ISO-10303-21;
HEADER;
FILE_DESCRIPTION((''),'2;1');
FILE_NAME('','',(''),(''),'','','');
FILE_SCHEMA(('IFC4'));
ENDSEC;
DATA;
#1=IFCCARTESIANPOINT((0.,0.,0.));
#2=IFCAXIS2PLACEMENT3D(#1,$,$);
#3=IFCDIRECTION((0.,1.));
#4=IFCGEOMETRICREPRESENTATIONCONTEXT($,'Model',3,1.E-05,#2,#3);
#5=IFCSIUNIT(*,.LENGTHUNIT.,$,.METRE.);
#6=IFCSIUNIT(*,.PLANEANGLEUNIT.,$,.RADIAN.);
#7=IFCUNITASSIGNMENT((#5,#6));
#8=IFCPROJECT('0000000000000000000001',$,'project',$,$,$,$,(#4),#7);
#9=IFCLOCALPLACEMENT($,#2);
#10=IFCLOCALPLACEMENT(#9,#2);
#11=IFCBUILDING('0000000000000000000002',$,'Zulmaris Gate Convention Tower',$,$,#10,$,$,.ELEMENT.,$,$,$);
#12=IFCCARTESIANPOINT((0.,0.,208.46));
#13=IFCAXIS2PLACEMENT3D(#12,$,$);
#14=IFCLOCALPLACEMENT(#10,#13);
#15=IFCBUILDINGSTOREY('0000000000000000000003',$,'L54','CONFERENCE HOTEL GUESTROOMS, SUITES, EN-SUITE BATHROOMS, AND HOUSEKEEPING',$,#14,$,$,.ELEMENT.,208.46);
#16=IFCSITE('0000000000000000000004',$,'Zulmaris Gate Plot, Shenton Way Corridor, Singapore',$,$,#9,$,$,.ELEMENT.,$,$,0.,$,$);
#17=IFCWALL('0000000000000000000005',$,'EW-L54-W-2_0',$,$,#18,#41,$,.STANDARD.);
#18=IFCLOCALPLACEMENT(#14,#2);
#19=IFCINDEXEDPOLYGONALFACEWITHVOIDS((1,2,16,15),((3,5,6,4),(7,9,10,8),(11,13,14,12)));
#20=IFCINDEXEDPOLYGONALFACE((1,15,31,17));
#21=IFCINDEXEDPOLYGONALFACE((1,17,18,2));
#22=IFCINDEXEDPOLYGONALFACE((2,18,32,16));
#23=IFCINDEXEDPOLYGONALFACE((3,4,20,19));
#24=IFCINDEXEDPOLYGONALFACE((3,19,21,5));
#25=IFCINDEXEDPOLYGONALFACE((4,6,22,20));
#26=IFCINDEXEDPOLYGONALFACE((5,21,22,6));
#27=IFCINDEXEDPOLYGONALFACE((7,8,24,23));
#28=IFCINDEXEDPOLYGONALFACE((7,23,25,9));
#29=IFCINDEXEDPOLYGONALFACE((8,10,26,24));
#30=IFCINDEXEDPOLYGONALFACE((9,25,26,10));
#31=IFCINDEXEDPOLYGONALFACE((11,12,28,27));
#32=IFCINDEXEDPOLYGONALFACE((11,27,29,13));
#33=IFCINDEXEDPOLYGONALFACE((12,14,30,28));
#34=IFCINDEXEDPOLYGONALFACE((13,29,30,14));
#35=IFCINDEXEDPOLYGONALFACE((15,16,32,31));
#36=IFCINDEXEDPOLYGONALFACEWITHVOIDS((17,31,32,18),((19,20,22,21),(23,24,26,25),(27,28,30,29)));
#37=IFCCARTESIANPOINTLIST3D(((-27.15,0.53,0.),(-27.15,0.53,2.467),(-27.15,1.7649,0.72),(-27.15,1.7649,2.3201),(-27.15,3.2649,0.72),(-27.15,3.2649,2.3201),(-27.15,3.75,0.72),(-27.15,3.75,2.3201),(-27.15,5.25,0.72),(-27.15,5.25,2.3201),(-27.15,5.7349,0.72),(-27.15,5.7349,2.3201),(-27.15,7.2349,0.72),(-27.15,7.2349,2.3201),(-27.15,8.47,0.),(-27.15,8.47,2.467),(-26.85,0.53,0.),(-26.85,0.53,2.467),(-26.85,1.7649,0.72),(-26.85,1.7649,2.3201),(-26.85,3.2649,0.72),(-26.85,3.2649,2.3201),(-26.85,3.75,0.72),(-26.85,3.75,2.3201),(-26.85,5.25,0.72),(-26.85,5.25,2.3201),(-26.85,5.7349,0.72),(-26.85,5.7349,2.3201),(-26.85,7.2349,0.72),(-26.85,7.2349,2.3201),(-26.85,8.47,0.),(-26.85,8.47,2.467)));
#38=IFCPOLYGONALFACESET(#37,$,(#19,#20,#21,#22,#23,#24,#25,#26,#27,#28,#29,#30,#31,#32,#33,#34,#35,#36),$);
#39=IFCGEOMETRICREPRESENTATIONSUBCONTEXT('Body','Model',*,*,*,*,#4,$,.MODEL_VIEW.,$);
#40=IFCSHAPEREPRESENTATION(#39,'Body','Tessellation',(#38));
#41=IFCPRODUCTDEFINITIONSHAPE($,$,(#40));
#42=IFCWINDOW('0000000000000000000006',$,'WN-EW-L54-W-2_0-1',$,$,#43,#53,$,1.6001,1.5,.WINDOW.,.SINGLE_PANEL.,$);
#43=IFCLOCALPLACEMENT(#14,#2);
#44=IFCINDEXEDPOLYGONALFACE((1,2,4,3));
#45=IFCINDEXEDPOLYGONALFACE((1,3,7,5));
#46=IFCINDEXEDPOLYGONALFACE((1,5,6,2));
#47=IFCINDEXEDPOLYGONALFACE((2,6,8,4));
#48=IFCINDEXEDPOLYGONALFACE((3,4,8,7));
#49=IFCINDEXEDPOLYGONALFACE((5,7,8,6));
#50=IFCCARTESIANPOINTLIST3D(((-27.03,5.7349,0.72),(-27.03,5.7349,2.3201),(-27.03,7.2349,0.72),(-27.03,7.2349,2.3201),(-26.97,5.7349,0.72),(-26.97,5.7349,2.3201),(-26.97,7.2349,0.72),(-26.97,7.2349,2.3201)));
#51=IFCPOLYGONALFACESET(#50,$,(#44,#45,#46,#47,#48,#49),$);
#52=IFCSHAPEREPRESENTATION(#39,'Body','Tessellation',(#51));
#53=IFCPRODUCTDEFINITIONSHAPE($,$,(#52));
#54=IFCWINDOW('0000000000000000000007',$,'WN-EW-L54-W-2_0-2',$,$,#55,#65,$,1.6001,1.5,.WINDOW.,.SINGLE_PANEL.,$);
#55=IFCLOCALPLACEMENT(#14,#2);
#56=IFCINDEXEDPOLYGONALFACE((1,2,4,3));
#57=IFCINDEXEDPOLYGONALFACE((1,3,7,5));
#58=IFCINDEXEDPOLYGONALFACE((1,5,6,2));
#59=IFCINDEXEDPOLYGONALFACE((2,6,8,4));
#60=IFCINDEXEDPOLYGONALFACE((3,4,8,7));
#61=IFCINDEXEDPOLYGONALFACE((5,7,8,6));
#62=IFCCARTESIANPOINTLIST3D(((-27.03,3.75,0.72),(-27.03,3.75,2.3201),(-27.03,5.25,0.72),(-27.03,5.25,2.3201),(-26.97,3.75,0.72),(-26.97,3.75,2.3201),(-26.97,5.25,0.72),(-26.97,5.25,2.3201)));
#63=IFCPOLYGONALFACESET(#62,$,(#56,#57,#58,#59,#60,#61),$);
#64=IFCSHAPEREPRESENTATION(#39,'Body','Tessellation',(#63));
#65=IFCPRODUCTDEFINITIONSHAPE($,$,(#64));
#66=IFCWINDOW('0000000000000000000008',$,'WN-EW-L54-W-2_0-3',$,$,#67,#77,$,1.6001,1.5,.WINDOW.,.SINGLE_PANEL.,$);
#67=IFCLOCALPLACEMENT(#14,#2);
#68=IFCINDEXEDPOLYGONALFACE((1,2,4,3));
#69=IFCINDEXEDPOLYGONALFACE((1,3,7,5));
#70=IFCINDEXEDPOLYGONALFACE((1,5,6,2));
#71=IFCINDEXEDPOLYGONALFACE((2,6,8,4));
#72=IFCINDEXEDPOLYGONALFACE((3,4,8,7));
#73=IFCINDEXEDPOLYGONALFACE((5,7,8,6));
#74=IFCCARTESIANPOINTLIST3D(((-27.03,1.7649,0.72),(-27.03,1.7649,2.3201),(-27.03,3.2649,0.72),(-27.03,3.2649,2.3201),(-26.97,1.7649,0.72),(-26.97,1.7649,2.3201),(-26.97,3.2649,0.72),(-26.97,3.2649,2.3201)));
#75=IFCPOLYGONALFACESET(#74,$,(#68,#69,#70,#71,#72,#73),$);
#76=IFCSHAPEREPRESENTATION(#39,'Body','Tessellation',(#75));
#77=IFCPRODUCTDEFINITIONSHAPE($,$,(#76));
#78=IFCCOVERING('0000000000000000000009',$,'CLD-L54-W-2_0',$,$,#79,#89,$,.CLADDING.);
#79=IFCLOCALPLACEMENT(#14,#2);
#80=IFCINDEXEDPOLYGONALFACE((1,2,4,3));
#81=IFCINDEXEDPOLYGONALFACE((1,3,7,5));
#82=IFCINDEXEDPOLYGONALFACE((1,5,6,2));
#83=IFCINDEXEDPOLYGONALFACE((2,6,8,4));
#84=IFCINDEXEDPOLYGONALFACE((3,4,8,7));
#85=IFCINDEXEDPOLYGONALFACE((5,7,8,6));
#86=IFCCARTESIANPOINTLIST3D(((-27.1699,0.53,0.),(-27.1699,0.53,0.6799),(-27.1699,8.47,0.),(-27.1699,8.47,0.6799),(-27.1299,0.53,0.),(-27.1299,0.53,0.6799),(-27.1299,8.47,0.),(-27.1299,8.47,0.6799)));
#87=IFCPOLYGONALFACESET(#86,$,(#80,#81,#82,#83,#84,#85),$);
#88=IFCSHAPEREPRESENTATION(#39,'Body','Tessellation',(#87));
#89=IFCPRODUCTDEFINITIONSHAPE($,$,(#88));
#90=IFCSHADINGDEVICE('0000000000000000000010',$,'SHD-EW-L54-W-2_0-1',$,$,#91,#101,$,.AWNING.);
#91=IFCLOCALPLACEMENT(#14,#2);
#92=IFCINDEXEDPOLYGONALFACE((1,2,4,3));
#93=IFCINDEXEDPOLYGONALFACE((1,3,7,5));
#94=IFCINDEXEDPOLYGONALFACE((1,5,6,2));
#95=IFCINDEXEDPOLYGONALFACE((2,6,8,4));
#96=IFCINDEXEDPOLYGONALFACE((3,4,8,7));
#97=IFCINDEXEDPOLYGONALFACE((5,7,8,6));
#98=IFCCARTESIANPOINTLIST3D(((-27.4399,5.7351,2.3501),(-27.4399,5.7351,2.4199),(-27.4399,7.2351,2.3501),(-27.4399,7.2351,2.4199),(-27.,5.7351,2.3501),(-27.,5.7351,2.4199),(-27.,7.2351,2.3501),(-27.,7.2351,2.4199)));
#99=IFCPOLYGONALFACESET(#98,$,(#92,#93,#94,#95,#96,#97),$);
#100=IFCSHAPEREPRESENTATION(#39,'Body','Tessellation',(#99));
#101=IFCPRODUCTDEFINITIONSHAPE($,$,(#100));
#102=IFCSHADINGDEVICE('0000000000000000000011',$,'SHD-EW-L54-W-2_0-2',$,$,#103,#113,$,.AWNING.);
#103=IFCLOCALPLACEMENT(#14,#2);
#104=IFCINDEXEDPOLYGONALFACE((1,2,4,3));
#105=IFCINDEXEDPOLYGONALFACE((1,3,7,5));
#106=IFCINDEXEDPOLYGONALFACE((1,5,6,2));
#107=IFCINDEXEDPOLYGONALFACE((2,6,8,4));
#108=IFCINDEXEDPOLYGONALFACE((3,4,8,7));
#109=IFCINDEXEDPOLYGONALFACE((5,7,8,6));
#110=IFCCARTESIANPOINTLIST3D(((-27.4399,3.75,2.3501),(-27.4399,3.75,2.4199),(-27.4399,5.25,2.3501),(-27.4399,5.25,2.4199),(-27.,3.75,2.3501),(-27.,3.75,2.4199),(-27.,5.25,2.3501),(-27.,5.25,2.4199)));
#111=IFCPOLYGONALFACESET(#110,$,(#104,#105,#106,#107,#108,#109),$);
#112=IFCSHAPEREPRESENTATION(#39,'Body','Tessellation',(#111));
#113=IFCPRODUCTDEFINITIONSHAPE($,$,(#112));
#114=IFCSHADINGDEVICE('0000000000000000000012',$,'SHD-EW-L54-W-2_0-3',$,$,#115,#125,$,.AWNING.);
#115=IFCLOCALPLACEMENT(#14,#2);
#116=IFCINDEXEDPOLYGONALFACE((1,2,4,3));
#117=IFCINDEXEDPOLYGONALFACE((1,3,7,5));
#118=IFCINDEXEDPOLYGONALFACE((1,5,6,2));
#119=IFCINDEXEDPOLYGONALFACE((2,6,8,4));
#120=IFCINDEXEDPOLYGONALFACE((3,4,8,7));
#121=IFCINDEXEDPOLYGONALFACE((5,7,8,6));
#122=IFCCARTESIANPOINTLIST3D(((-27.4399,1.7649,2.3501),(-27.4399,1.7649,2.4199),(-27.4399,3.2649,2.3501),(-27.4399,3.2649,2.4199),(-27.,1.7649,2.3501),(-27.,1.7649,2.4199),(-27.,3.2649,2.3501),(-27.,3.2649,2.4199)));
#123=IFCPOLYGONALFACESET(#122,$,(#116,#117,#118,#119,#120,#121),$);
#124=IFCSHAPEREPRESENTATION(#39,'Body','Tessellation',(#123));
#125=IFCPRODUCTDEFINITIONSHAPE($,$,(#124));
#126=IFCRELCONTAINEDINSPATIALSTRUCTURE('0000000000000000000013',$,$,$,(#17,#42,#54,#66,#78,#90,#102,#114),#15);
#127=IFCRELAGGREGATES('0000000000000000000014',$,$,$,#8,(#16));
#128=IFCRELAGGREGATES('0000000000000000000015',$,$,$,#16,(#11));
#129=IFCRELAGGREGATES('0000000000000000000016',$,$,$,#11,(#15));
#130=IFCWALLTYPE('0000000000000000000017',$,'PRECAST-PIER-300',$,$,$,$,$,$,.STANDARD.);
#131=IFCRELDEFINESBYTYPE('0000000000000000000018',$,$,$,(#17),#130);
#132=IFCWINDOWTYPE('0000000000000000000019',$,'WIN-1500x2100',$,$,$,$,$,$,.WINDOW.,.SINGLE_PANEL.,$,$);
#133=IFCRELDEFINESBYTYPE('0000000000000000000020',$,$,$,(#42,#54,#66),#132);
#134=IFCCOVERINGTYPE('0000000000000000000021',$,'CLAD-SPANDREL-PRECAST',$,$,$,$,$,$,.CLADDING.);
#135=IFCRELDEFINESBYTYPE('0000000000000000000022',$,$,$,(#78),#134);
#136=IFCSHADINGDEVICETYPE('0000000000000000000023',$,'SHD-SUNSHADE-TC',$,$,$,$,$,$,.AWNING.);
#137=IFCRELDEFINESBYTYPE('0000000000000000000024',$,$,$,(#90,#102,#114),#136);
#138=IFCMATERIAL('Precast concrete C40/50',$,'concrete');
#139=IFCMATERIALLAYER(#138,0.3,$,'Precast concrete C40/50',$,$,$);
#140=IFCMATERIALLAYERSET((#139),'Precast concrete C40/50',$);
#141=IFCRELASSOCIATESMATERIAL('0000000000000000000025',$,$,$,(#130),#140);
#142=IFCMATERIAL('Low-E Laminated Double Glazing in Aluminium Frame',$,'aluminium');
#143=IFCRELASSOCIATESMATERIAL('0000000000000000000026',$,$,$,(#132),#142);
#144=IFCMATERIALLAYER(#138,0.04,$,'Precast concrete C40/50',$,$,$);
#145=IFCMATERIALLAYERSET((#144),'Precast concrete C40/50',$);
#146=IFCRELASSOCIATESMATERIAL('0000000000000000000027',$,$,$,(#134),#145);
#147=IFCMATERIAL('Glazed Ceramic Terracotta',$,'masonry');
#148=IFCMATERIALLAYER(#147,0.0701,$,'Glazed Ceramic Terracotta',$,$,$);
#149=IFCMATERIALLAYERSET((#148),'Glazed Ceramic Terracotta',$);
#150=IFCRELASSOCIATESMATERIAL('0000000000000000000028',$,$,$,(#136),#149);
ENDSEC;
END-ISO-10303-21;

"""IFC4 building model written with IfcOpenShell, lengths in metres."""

from ifc_helpers import new_model, si_unit, direction, frame, frame_2d, origin, place, context, subcontext, project, spatial, rectangle, extrude, material, layer, layer_set, type_object, element, fill, save


model = new_model("IFC4")

# Units and contexts
model_context = context("Model", 3, precision=1e-05, world=origin(), true_north=direction((0.0, 1.0)))
body_context = subcontext(model_context, "Body", "Model", "MODEL_VIEW")
ifc_project = project(units=[si_unit("LENGTHUNIT", "METRE"), si_unit("PLANEANGLEUNIT", "RADIAN")], contexts=[model_context])

# Site, building, storey
site_placement = place(None, origin())
site = spatial("IfcSite", under=ifc_project, at=site_placement, Name="Zulmaris Gate Plot, Shenton Way Corridor, Singapore", CompositionType="ELEMENT", RefElevation=0.0)
building_placement = place(site_placement, origin())
building = spatial("IfcBuilding", under=site, at=building_placement, Name="Zulmaris Gate Convention Tower", CompositionType="ELEMENT")
storey_placement = place(building_placement, frame((0.0, 0.0, 208.46)))
storey = spatial("IfcBuildingStorey", under=building, at=storey_placement, Name="L54", Description="CONFERENCE HOTEL GUESTROOMS, SUITES, EN-SUITE BATHROOMS, AND HOUSEKEEPING", CompositionType="ELEMENT", Elevation=208.46)

# Wall, openings, windows
ifc_material_1 = material(Name="Precast concrete C40/50", Category="concrete")
ifc_layer_1 = layer(ifc_material_1, 0.3, Name="Precast concrete C40/50")
ifc_layer_set_1 = layer_set([ifc_layer_1], Name="Precast concrete C40/50")
wall_type_1 = type_object("IfcWallType", Name="PRECAST-PIER-300", PredefinedType="STANDARD", material=ifc_layer_set_1)
wall_1_placement = place(storey_placement, frame((-27.0, 8.47, 0.0), z_axis=(0.0, 0.0, 1.0), x_axis=(0.0, -1.0, 0.0)))
wall_1 = element("IfcWall", 1, at=wall_1_placement, inside=storey, type_object=wall_type_1, Name="EW-L54-W-2_0", PredefinedType="STANDARD", context=body_context, shape_type="SweptSolid", body=[
    extrude(rectangle(XDim=7.9399, YDim=0.3, at=frame_2d((3.97, 0.0))), origin(), (0.0, 0.0, 1.0), 2.467),
])
opening_1_placement = place(wall_1_placement, frame((1.2351, 0.0, 0.72)))
opening_1 = element("IfcOpeningElement", 2, at=opening_1_placement, cuts=wall_1, PredefinedType="OPENING", context=body_context, shape_type="SweptSolid", body=[
    extrude(rectangle(XDim=1.5, YDim=1.6001, at=frame_2d((0.75, 0.8))), frame((0.0, 0.1602, 0.0), z_axis=(0.0, -1.0, 0.0), x_axis=(1.0, 0.0, 0.0)), (0.0, 0.0, 1.0), 0.3201),
])
opening_2_placement = place(wall_1_placement, frame((3.22, 0.0, 0.72)))
opening_2 = element("IfcOpeningElement", 3, at=opening_2_placement, cuts=wall_1, PredefinedType="OPENING", context=body_context, shape_type="SweptSolid", body=[
    extrude(rectangle(XDim=1.5, YDim=1.6001, at=frame_2d((0.75, 0.8))), frame((0.0, 0.1602, 0.0), z_axis=(0.0, -1.0, 0.0), x_axis=(1.0, 0.0, 0.0)), (0.0, 0.0, 1.0), 0.3201),
])
opening_3_placement = place(wall_1_placement, frame((5.2051, 0.0, 0.72)))
opening_3 = element("IfcOpeningElement", 4, at=opening_3_placement, cuts=wall_1, PredefinedType="OPENING", context=body_context, shape_type="SweptSolid", body=[
    extrude(rectangle(XDim=1.5, YDim=1.6001, at=frame_2d((0.75, 0.8))), frame((0.0, 0.1602, 0.0), z_axis=(0.0, -1.0, 0.0), x_axis=(1.0, 0.0, 0.0)), (0.0, 0.0, 1.0), 0.3201),
])
ifc_material_2 = material(Name="Low-E Laminated Double Glazing in Aluminium Frame", Category="aluminium")
window_type = type_object("IfcWindowType", Name="WIN-1500x2100", PartitioningType="SINGLE_PANEL", PredefinedType="WINDOW", material=ifc_material_2)
window_1_placement = place(opening_1_placement, origin())
window_1 = element("IfcWindow", 5, at=window_1_placement, inside=storey, type_object=window_type, Name="WN-EW-L54-W-2_0-1", OverallHeight=1.6001, OverallWidth=1.5, PartitioningType="SINGLE_PANEL", PredefinedType="WINDOW", context=body_context, shape_type="SweptSolid", body=[
    extrude(rectangle(XDim=1.5, YDim=1.6001, at=frame_2d((0.75, 0.8))), frame((0.0, 0.03, 0.0), z_axis=(0.0, -1.0, 0.0), x_axis=(1.0, 0.0, 0.0)), (0.0, 0.0, 1.0), 0.0601),
])
fill(opening_1, window_1)
window_2_placement = place(opening_2_placement, origin())
window_2 = element("IfcWindow", 6, at=window_2_placement, inside=storey, type_object=window_type, Name="WN-EW-L54-W-2_0-2", OverallHeight=1.6001, OverallWidth=1.5, PartitioningType="SINGLE_PANEL", PredefinedType="WINDOW", context=body_context, shape_type="SweptSolid", body=[
    extrude(rectangle(XDim=1.5, YDim=1.6001, at=frame_2d((0.75, 0.8))), frame((0.0, 0.03, 0.0), z_axis=(0.0, -1.0, 0.0), x_axis=(1.0, 0.0, 0.0)), (0.0, 0.0, 1.0), 0.0601),
])
fill(opening_2, window_2)
window_3_placement = place(opening_3_placement, origin())
window_3 = element("IfcWindow", 7, at=window_3_placement, inside=storey, type_object=window_type, Name="WN-EW-L54-W-2_0-3", OverallHeight=1.6001, OverallWidth=1.5, PartitioningType="SINGLE_PANEL", PredefinedType="WINDOW", context=body_context, shape_type="SweptSolid", body=[
    extrude(rectangle(XDim=1.5, YDim=1.6001, at=frame_2d((0.75, 0.8))), frame((0.0, 0.03, 0.0), z_axis=(0.0, -1.0, 0.0), x_axis=(1.0, 0.0, 0.0)), (0.0, 0.0, 1.0), 0.0601),
])
fill(opening_3, window_3)

# Covering
ifc_layer_2 = layer(ifc_material_1, 0.04, Name="Precast concrete C40/50")
ifc_layer_set_2 = layer_set([ifc_layer_2], Name="Precast concrete C40/50")
covering_type = type_object("IfcCoveringType", Name="CLAD-SPANDREL-PRECAST", PredefinedType="CLADDING", material=ifc_layer_set_2)
covering_placement = place(storey_placement, frame((-27.1499, 8.47, 0.0), z_axis=(0.0, 0.0, 1.0), x_axis=(0.0, -1.0, 0.0)))
element("IfcCovering", 8, at=covering_placement, inside=storey, type_object=covering_type, Name="CLD-L54-W-2_0", PredefinedType="CLADDING", context=body_context, shape_type="SweptSolid", body=[
    extrude(rectangle(XDim=7.9399, YDim=0.04, at=frame_2d((3.97, 0.0))), origin(), (0.0, 0.0, 1.0), 0.6799),
])

# Shading devices
ifc_material_3 = material(Name="Glazed Ceramic Terracotta", Category="masonry")
ifc_layer_3 = layer(ifc_material_3, 0.0701, Name="Glazed Ceramic Terracotta")
ifc_layer_set_3 = layer_set([ifc_layer_3], Name="Glazed Ceramic Terracotta")
shading_device_type = type_object("IfcShadingDeviceType", Name="SHD-SUNSHADE-TC", PredefinedType="AWNING", material=ifc_layer_set_3)
for number, where, z_axis, x_axis, name in (
    (9, (-27.22, 7.2351, 2.3501), (0.0, 0.0, 1.0), (0.0, -1.0, 0.0), "SHD-EW-L54-W-2_0-1"),
    (10, (-27.22, 5.25, 2.3501), (0.0, 0.0, 1.0), (0.0, -1.0, 0.0), "SHD-EW-L54-W-2_0-2"),
    (11, (-27.22, 3.2649, 2.3501), (0.0, 0.0, 1.0), (0.0, -1.0, 0.0), "SHD-EW-L54-W-2_0-3"),
):
    element("IfcShadingDevice", number, at=place(storey_placement, frame(where, z_axis=z_axis, x_axis=x_axis)), inside=storey, type_object=shading_device_type, Name=name, PredefinedType="AWNING", context=body_context, shape_type="SweptSolid", body=[
        extrude(rectangle(XDim=1.5, YDim=0.4399, at=frame_2d((0.75, 0.0))), origin(), (0.0, 0.0, 1.0), 0.0698),
    ])

save(model, "model.ifc")
